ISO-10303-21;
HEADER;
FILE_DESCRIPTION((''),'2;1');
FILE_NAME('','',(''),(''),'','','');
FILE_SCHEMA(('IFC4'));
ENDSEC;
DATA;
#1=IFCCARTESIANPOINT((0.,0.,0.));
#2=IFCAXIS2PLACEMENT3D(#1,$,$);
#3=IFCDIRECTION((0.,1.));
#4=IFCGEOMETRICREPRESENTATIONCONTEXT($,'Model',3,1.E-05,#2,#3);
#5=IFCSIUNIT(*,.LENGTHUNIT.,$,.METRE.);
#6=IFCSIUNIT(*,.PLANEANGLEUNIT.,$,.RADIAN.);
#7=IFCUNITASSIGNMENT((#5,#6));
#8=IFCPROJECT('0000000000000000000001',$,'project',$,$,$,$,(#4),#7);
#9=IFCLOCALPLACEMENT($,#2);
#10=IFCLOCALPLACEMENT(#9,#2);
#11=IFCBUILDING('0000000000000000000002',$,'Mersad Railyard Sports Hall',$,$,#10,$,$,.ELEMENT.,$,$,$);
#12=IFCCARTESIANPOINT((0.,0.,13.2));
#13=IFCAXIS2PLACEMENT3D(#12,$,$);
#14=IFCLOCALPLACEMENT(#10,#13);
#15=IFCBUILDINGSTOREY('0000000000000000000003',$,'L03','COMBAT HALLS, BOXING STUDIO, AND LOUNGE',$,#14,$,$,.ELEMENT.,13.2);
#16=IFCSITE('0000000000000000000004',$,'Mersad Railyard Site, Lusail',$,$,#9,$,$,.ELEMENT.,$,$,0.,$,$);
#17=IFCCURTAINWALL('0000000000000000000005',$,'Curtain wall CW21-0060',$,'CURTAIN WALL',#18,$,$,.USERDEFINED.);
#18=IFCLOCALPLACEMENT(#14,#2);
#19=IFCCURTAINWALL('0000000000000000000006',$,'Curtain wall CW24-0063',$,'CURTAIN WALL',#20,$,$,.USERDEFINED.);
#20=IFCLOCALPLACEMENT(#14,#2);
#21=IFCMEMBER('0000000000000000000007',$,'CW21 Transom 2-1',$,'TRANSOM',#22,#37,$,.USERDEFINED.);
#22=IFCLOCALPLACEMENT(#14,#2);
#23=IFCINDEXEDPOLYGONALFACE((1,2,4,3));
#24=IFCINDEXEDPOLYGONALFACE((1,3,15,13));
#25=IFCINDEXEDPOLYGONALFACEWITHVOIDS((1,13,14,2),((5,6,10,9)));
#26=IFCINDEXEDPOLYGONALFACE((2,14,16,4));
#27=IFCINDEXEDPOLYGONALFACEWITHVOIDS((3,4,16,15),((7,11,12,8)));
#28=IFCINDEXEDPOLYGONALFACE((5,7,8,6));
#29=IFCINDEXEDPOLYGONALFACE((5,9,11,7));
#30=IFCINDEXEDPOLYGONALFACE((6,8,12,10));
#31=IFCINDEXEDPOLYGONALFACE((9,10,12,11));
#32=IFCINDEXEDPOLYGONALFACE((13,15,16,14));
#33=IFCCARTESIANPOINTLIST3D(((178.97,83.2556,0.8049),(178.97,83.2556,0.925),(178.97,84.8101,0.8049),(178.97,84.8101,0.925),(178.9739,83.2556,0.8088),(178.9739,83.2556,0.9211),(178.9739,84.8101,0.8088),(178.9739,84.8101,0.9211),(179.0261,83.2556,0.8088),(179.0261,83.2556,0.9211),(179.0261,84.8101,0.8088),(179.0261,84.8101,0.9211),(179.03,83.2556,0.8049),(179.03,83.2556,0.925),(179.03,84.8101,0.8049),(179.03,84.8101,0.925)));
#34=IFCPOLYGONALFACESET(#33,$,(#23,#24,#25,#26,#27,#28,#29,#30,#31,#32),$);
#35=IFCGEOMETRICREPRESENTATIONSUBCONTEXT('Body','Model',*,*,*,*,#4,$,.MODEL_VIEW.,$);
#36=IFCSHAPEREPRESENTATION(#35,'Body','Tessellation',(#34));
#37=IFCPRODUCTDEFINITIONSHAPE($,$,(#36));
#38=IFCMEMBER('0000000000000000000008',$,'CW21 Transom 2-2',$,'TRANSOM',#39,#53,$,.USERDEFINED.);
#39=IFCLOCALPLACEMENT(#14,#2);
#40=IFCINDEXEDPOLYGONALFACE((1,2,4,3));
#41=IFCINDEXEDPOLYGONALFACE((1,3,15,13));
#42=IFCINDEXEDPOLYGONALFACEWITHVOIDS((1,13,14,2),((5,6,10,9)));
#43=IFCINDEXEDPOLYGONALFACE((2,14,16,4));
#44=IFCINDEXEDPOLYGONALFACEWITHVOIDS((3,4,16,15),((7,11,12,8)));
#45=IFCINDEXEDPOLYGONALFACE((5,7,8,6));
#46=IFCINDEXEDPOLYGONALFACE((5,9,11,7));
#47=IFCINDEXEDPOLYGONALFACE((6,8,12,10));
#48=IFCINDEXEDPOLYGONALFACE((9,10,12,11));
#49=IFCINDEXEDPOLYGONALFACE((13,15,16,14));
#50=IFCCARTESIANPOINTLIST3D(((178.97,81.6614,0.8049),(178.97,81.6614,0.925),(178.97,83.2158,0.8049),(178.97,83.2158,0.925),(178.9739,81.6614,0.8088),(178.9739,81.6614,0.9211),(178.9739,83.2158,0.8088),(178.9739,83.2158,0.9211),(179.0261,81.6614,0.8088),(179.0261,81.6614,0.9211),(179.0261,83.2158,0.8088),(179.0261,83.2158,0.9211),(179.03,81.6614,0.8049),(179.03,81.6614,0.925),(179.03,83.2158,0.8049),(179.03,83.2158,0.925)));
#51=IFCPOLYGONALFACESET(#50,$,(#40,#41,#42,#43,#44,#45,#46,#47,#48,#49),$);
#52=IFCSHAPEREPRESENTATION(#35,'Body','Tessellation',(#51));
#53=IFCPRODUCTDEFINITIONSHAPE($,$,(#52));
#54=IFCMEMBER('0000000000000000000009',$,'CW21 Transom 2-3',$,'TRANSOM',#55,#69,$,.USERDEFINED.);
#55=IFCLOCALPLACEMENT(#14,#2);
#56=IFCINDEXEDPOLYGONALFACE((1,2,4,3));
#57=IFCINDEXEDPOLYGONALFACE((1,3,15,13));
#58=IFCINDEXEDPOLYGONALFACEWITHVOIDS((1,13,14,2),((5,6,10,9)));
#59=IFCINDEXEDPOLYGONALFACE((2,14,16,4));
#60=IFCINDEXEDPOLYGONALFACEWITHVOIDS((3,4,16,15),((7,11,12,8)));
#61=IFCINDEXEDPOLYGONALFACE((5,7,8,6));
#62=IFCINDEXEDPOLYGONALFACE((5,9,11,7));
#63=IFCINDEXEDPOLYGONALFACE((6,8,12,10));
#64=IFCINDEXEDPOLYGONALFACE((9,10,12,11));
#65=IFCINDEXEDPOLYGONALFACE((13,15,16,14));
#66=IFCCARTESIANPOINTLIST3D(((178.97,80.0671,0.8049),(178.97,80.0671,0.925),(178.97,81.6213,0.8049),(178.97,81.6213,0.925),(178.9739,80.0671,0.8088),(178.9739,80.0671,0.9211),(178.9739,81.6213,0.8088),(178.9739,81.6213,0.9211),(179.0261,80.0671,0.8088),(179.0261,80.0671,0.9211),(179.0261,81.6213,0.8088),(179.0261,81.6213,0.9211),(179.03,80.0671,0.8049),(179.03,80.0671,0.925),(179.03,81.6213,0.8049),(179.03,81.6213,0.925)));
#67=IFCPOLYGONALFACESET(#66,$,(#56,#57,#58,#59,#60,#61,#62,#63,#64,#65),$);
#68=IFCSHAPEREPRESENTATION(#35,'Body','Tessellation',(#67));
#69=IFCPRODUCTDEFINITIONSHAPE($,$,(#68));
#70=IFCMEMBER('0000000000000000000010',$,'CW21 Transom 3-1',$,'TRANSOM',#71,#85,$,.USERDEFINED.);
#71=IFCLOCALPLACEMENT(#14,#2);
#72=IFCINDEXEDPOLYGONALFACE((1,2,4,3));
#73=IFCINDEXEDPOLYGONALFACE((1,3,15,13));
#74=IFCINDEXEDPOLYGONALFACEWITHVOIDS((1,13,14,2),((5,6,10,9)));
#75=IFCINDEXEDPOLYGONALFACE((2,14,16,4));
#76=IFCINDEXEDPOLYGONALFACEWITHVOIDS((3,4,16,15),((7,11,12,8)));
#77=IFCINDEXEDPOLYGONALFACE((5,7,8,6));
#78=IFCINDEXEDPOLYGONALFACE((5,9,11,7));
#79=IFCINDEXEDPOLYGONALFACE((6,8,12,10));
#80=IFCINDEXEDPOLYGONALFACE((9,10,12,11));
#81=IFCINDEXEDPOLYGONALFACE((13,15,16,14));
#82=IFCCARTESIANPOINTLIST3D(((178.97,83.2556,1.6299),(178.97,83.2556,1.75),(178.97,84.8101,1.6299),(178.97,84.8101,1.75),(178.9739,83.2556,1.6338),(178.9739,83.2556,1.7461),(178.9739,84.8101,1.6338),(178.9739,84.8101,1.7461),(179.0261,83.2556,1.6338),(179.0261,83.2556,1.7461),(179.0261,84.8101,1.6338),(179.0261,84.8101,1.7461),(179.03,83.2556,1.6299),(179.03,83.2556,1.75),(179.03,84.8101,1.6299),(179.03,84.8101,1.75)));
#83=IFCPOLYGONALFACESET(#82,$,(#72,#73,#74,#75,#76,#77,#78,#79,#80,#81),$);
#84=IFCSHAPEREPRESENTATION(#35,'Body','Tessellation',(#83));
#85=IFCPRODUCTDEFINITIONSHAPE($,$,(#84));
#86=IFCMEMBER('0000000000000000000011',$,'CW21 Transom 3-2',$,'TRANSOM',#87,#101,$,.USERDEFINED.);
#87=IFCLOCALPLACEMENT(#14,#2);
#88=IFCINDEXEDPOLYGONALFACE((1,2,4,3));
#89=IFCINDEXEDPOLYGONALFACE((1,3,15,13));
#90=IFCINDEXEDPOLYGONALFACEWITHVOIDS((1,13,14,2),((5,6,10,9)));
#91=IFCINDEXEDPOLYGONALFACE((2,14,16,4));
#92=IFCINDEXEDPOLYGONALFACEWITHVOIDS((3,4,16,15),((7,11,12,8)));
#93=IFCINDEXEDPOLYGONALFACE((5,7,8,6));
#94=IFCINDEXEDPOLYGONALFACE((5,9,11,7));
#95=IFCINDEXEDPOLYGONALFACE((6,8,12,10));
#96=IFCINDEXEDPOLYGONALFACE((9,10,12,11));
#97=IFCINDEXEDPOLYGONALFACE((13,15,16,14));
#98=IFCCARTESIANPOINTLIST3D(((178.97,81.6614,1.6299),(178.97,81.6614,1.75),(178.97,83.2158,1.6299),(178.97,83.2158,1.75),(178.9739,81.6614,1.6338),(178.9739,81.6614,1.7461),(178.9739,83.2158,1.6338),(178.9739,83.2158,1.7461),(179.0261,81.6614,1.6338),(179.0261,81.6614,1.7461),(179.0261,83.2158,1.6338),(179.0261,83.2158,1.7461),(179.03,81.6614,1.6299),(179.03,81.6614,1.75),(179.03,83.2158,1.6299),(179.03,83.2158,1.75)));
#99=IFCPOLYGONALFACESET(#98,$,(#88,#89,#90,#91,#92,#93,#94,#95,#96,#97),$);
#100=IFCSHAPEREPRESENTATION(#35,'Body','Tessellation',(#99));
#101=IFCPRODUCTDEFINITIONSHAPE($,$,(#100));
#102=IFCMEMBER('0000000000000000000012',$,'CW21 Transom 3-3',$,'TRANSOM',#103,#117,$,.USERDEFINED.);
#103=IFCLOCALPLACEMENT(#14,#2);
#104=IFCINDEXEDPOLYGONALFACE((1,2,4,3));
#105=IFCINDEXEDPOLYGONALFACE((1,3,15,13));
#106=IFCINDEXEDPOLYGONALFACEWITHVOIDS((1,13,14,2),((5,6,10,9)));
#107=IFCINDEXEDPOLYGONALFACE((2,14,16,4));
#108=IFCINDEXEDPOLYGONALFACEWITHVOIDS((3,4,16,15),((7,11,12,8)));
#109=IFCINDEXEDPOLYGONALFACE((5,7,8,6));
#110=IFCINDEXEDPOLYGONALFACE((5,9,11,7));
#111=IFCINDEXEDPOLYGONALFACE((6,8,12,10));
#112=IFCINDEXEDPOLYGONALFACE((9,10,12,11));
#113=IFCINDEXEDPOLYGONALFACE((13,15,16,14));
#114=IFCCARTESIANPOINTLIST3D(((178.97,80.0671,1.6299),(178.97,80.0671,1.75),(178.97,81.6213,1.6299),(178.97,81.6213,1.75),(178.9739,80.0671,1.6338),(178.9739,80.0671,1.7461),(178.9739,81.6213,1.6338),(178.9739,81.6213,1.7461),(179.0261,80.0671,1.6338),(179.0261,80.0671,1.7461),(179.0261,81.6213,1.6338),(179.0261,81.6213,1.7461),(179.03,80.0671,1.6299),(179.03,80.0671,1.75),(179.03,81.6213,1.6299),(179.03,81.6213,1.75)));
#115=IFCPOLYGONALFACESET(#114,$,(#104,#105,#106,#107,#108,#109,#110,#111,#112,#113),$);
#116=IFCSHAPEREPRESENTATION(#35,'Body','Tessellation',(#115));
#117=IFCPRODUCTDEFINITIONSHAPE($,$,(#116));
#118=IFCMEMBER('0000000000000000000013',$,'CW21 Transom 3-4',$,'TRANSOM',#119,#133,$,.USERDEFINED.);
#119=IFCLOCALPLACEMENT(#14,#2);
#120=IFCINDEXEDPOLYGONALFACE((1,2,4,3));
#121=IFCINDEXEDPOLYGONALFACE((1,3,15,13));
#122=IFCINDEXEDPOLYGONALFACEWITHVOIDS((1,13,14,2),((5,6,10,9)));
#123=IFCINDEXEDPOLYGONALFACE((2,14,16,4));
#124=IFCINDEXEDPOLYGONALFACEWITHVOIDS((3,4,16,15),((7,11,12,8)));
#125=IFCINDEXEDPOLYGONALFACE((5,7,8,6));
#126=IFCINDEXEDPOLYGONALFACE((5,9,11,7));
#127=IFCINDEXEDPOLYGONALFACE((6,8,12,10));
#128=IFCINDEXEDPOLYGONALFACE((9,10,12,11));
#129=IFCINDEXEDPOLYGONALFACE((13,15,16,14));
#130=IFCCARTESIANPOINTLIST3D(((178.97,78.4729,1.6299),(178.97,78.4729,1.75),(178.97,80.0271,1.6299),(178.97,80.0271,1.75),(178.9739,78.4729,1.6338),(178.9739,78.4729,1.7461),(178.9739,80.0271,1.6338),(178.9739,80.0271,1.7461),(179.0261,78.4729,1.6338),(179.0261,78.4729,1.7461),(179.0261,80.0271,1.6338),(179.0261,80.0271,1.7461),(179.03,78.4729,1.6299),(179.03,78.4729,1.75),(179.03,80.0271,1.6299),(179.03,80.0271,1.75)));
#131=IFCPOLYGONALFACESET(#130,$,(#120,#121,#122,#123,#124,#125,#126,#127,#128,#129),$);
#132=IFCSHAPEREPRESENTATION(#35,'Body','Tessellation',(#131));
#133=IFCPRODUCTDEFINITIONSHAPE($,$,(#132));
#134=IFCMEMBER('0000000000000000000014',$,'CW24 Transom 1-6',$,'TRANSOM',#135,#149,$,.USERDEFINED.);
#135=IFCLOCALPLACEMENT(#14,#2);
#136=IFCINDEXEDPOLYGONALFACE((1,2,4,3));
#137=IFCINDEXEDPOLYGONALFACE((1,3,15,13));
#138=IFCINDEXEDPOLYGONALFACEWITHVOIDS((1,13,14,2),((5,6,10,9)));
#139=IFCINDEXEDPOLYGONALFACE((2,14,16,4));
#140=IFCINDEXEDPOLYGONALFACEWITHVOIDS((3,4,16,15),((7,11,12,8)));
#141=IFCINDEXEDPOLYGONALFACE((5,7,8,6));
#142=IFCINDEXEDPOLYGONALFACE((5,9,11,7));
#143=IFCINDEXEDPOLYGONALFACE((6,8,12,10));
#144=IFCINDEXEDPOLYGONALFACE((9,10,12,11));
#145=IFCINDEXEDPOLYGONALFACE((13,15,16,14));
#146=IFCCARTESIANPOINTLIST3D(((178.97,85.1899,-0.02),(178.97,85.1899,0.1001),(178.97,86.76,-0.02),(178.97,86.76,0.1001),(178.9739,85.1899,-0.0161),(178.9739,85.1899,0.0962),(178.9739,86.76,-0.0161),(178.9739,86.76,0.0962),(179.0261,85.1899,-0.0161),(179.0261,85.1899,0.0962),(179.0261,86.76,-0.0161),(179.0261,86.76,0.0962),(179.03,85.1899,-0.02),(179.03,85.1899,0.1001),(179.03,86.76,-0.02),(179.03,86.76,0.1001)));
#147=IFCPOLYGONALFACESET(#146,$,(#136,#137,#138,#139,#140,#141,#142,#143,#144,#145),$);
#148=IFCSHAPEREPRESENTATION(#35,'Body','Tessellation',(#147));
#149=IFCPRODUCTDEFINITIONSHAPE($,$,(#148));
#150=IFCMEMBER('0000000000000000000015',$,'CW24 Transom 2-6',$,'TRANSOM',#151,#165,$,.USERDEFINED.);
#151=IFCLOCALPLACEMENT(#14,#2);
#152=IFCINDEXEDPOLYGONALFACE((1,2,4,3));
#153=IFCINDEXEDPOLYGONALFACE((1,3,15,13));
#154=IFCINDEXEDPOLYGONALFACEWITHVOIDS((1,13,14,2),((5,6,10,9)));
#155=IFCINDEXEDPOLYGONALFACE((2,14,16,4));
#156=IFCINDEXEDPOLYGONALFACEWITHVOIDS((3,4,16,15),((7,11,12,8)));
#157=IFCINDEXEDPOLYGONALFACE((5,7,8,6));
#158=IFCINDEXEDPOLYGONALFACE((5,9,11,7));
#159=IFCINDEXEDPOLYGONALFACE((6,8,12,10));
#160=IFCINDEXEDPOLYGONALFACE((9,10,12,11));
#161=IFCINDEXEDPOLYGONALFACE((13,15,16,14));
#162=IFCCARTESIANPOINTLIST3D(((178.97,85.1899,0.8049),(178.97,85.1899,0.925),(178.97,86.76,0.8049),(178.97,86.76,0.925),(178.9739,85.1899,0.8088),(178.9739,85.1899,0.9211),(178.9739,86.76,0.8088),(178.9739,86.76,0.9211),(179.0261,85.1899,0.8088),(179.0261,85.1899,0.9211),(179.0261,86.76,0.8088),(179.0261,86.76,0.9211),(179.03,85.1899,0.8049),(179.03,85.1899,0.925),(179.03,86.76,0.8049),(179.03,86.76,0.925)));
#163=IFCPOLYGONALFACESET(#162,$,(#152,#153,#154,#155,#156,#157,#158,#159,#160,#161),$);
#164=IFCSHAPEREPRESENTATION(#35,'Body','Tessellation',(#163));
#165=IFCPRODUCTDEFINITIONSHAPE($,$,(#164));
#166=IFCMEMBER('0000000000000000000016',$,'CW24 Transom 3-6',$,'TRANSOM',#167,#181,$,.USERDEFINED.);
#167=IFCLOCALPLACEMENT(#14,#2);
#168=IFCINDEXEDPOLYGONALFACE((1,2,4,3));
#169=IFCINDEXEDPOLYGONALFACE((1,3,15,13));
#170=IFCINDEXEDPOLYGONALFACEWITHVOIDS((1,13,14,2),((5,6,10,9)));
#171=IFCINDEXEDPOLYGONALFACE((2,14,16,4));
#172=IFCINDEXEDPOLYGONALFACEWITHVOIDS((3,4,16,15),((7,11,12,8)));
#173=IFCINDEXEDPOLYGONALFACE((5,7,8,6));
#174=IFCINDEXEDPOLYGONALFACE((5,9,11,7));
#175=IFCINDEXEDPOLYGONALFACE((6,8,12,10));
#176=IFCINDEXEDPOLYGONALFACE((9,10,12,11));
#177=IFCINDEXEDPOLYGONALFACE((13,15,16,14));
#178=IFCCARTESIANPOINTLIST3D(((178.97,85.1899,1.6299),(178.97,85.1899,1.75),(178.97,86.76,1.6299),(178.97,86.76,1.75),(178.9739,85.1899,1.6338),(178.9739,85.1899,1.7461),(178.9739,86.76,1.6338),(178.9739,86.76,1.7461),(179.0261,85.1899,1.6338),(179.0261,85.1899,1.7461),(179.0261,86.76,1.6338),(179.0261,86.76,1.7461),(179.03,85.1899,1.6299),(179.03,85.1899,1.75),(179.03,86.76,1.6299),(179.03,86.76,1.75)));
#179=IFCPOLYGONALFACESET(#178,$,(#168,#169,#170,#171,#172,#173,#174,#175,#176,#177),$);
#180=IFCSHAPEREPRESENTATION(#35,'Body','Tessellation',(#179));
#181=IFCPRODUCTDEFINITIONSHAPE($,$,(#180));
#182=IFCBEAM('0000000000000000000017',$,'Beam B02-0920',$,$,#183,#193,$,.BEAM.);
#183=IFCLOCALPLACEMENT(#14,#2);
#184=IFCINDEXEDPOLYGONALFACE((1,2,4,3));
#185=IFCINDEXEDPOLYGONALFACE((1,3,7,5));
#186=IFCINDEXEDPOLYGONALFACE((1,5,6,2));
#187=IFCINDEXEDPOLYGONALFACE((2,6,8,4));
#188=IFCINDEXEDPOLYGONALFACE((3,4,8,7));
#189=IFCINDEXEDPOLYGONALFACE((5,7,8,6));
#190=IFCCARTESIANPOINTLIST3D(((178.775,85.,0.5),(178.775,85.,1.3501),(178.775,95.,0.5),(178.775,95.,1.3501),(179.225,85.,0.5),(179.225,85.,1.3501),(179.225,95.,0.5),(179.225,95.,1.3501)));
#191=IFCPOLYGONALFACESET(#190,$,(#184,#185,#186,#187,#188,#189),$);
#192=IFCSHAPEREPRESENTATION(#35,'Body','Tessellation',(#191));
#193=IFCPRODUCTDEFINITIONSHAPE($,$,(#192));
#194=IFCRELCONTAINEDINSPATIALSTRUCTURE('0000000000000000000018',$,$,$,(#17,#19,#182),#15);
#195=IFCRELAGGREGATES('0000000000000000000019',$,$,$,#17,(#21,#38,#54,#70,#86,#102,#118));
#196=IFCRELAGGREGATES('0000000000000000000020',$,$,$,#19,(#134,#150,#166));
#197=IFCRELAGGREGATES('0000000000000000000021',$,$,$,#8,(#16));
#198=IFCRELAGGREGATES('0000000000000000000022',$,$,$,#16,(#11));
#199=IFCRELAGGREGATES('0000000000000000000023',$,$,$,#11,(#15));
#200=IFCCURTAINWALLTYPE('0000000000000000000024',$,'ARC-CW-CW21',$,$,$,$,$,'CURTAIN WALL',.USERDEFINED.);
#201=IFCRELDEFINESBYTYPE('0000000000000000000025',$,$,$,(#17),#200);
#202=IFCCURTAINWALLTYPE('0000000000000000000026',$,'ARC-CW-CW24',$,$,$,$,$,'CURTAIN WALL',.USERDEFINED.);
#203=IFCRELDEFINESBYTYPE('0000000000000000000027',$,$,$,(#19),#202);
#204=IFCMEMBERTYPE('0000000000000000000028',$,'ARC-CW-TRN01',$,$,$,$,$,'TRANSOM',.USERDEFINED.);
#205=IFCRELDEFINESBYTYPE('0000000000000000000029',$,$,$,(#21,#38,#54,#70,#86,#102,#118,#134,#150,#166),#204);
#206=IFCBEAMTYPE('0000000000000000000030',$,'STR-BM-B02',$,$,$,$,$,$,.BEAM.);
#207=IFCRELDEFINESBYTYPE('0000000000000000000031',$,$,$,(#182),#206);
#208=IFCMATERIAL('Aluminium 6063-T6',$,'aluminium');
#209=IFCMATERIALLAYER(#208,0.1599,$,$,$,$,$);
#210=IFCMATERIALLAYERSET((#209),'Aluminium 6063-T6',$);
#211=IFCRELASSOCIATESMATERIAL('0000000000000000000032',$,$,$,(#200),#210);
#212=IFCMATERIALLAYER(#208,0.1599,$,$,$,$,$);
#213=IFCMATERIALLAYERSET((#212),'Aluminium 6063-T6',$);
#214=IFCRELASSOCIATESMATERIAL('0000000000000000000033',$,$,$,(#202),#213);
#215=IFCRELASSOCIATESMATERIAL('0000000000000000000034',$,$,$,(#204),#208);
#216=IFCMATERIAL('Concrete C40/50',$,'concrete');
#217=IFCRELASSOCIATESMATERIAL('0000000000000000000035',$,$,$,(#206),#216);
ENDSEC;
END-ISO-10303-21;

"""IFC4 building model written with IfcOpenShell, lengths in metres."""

from ifc_helpers import new_model, si_unit, direction, frame, origin, origin_2d, place, context, subcontext, project, spatial, rectangle, hollow_rectangle, extrude, material, layer, layer_set, material_profile, profile_set, type_object, element, aggregate, save


model = new_model("IFC4")

# Units and contexts
model_context = context("Model", 3, precision=1e-05, world=origin(), true_north=direction((0.0, 1.0)))
body_context = subcontext(model_context, "Body", "Model", "MODEL_VIEW")
ifc_project = project(units=[si_unit("LENGTHUNIT", "METRE"), si_unit("PLANEANGLEUNIT", "RADIAN")], contexts=[model_context])

# Site, building, storey
site_placement = place(None, origin())
site = spatial("IfcSite", under=ifc_project, at=site_placement, Name="Mersad Railyard Site, Lusail", CompositionType="ELEMENT", RefElevation=0.0)
building_placement = place(site_placement, origin())
building = spatial("IfcBuilding", under=site, at=building_placement, Name="Mersad Railyard Sports Hall", CompositionType="ELEMENT")
storey_placement = place(building_placement, frame((0.0, 0.0, 13.2)))
storey = spatial("IfcBuildingStorey", under=building, at=storey_placement, Name="L03", Description="COMBAT HALLS, BOXING STUDIO, AND LOUNGE", CompositionType="ELEMENT", Elevation=13.2)

# Curtain walls
ifc_material_1 = material(Name="Aluminium 6063-T6", Category="aluminium")
ifc_layer_1 = layer(ifc_material_1, 0.1599)
ifc_layer_set_1 = layer_set([ifc_layer_1], Name="Aluminium 6063-T6")
curtain_wall_type_1 = type_object("IfcCurtainWallType", Name="ARC-CW-CW21", ElementType="CURTAIN WALL", PredefinedType="USERDEFINED", material=ifc_layer_set_1)
curtain_wall_1_placement = place(storey_placement, origin())
curtain_wall_1 = element("IfcCurtainWall", 1, at=curtain_wall_1_placement, inside=storey, type_object=curtain_wall_type_1, Name="Curtain wall CW21-0060", ObjectType="CURTAIN WALL", PredefinedType="USERDEFINED")
ifc_layer_2 = layer(ifc_material_1, 0.1599)
ifc_layer_set_2 = layer_set([ifc_layer_2], Name="Aluminium 6063-T6")
curtain_wall_type_2 = type_object("IfcCurtainWallType", Name="ARC-CW-CW24", ElementType="CURTAIN WALL", PredefinedType="USERDEFINED", material=ifc_layer_set_2)
curtain_wall_2_placement = place(storey_placement, origin())
curtain_wall_2 = element("IfcCurtainWall", 2, at=curtain_wall_2_placement, inside=storey, type_object=curtain_wall_type_2, Name="Curtain wall CW24-0063", ObjectType="CURTAIN WALL", PredefinedType="USERDEFINED")

# Members
ifc_material_profile_1 = material_profile(ifc_material_1, hollow_rectangle(XDim=0.0601, YDim=0.1201, WallThickness=0.0039, at=origin_2d()), Name="AL TRANSOM 60x120x4")
ifc_profile_set_1 = profile_set([ifc_material_profile_1], Name="Aluminium 6063-T6")
member_type_1 = type_object("IfcMemberType", Name="ARC-CW-TRN01", ElementType="TRANSOM", PredefinedType="USERDEFINED", material=ifc_profile_set_1)
member_1_placement = place(storey_placement, frame((179.0, 84.8101, 0.865), z_axis=(0.0, -1.0, 0.0), x_axis=(1.0, 0.0, 0.0)))
member_1 = element("IfcMember", 3, at=member_1_placement, type_object=member_type_1, Name="CW21 Transom 2-1", ObjectType="TRANSOM", PredefinedType="USERDEFINED", context=body_context, shape_type="SweptSolid", body=[
    extrude(hollow_rectangle(XDim=0.0601, YDim=0.1201, WallThickness=0.0039, at=origin_2d()), origin(), (0.0, 0.0, 1.0), 1.5544),
])
member_2_placement = place(storey_placement, frame((179.0, 83.2158, 0.865), z_axis=(0.0, -1.0, 0.0), x_axis=(1.0, 0.0, 0.0)))
member_2 = element("IfcMember", 4, at=member_2_placement, type_object=member_type_1, Name="CW21 Transom 2-2", ObjectType="TRANSOM", PredefinedType="USERDEFINED", context=body_context, shape_type="SweptSolid", body=[
    extrude(hollow_rectangle(XDim=0.0601, YDim=0.1201, WallThickness=0.0039, at=origin_2d()), origin(), (0.0, 0.0, 1.0), 1.5544),
])
member_3_placement = place(storey_placement, frame((179.0, 81.6213, 0.865), z_axis=(0.0, -1.0, 0.0), x_axis=(1.0, 0.0, 0.0)))
member_3 = element("IfcMember", 5, at=member_3_placement, type_object=member_type_1, Name="CW21 Transom 2-3", ObjectType="TRANSOM", PredefinedType="USERDEFINED", context=body_context, shape_type="SweptSolid", body=[
    extrude(hollow_rectangle(XDim=0.0601, YDim=0.1201, WallThickness=0.0039, at=origin_2d()), origin(), (0.0, 0.0, 1.0), 1.5542),
])
member_4_placement = place(storey_placement, frame((179.0, 84.8101, 1.6899), z_axis=(0.0, -1.0, 0.0), x_axis=(1.0, 0.0, 0.0)))
member_4 = element("IfcMember", 6, at=member_4_placement, type_object=member_type_1, Name="CW21 Transom 3-1", ObjectType="TRANSOM", PredefinedType="USERDEFINED", context=body_context, shape_type="SweptSolid", body=[
    extrude(hollow_rectangle(XDim=0.0601, YDim=0.1201, WallThickness=0.0039, at=origin_2d()), origin(), (0.0, 0.0, 1.0), 1.5544),
])
member_5_placement = place(storey_placement, frame((179.0, 83.2158, 1.6899), z_axis=(0.0, -1.0, 0.0), x_axis=(1.0, 0.0, 0.0)))
member_5 = element("IfcMember", 7, at=member_5_placement, type_object=member_type_1, Name="CW21 Transom 3-2", ObjectType="TRANSOM", PredefinedType="USERDEFINED", context=body_context, shape_type="SweptSolid", body=[
    extrude(hollow_rectangle(XDim=0.0601, YDim=0.1201, WallThickness=0.0039, at=origin_2d()), origin(), (0.0, 0.0, 1.0), 1.5544),
])
member_6_placement = place(storey_placement, frame((179.0, 81.6213, 1.6899), z_axis=(0.0, -1.0, 0.0), x_axis=(1.0, 0.0, 0.0)))
member_6 = element("IfcMember", 8, at=member_6_placement, type_object=member_type_1, Name="CW21 Transom 3-3", ObjectType="TRANSOM", PredefinedType="USERDEFINED", context=body_context, shape_type="SweptSolid", body=[
    extrude(hollow_rectangle(XDim=0.0601, YDim=0.1201, WallThickness=0.0039, at=origin_2d()), origin(), (0.0, 0.0, 1.0), 1.5542),
])
member_7_placement = place(storey_placement, frame((179.0, 80.0271, 1.6899), z_axis=(0.0, -1.0, 0.0), x_axis=(1.0, 0.0, 0.0)))
member_7 = element("IfcMember", 9, at=member_7_placement, type_object=member_type_1, Name="CW21 Transom 3-4", ObjectType="TRANSOM", PredefinedType="USERDEFINED", context=body_context, shape_type="SweptSolid", body=[
    extrude(hollow_rectangle(XDim=0.0601, YDim=0.1201, WallThickness=0.0039, at=origin_2d()), origin(), (0.0, 0.0, 1.0), 1.5542),
])
member_8_placement = place(storey_placement, frame((179.0, 86.76, 0.04), z_axis=(0.0, -1.0, 0.0), x_axis=(1.0, 0.0, 0.0)))
member_8 = element("IfcMember", 10, at=member_8_placement, type_object=member_type_1, Name="CW24 Transom 1-6", ObjectType="TRANSOM", PredefinedType="USERDEFINED", context=body_context, shape_type="SweptSolid", body=[
    extrude(hollow_rectangle(XDim=0.0601, YDim=0.1201, WallThickness=0.0039, at=origin_2d()), origin(), (0.0, 0.0, 1.0), 1.5701),
])
member_9_placement = place(storey_placement, frame((179.0, 86.76, 0.865), z_axis=(0.0, -1.0, 0.0), x_axis=(1.0, 0.0, 0.0)))
member_9 = element("IfcMember", 11, at=member_9_placement, type_object=member_type_1, Name="CW24 Transom 2-6", ObjectType="TRANSOM", PredefinedType="USERDEFINED", context=body_context, shape_type="SweptSolid", body=[
    extrude(hollow_rectangle(XDim=0.0601, YDim=0.1201, WallThickness=0.0039, at=origin_2d()), origin(), (0.0, 0.0, 1.0), 1.5701),
])
member_10_placement = place(storey_placement, frame((179.0, 86.76, 1.6899), z_axis=(0.0, -1.0, 0.0), x_axis=(1.0, 0.0, 0.0)))
member_10 = element("IfcMember", 12, at=member_10_placement, type_object=member_type_1, Name="CW24 Transom 3-6", ObjectType="TRANSOM", PredefinedType="USERDEFINED", context=body_context, shape_type="SweptSolid", body=[
    extrude(hollow_rectangle(XDim=0.0601, YDim=0.1201, WallThickness=0.0039, at=origin_2d()), origin(), (0.0, 0.0, 1.0), 1.5701),
])

# Beam
ifc_material_2 = material(Name="Concrete C40/50", Category="concrete")
ifc_material_profile_2 = material_profile(ifc_material_2, rectangle(XDim=0.45, YDim=0.8501, at=origin_2d()), Name="RC 450x850")
ifc_profile_set_2 = profile_set([ifc_material_profile_2], Name="Concrete C40/50")
beam_type = type_object("IfcBeamType", Name="STR-BM-B02", PredefinedType="BEAM", material=ifc_profile_set_2)
beam_placement = place(storey_placement, frame((179.0, 85.0, 0.925), z_axis=(0.0, 1.0, 0.0), x_axis=(-1.0, 0.0, 0.0)))
element("IfcBeam", 13, at=beam_placement, inside=storey, type_object=beam_type, Name="Beam B02-0920", PredefinedType="BEAM", context=body_context, shape_type="SweptSolid", body=[
    extrude(rectangle(XDim=0.45, YDim=0.8501, at=origin_2d()), origin(), (0.0, 0.0, 1.0), 10.0),
])

aggregate(curtain_wall_1, [member_1, member_2, member_3, member_4, member_5, member_6, member_7])
aggregate(curtain_wall_2, [member_8, member_9, member_10])

save(model, "model.ifc")
